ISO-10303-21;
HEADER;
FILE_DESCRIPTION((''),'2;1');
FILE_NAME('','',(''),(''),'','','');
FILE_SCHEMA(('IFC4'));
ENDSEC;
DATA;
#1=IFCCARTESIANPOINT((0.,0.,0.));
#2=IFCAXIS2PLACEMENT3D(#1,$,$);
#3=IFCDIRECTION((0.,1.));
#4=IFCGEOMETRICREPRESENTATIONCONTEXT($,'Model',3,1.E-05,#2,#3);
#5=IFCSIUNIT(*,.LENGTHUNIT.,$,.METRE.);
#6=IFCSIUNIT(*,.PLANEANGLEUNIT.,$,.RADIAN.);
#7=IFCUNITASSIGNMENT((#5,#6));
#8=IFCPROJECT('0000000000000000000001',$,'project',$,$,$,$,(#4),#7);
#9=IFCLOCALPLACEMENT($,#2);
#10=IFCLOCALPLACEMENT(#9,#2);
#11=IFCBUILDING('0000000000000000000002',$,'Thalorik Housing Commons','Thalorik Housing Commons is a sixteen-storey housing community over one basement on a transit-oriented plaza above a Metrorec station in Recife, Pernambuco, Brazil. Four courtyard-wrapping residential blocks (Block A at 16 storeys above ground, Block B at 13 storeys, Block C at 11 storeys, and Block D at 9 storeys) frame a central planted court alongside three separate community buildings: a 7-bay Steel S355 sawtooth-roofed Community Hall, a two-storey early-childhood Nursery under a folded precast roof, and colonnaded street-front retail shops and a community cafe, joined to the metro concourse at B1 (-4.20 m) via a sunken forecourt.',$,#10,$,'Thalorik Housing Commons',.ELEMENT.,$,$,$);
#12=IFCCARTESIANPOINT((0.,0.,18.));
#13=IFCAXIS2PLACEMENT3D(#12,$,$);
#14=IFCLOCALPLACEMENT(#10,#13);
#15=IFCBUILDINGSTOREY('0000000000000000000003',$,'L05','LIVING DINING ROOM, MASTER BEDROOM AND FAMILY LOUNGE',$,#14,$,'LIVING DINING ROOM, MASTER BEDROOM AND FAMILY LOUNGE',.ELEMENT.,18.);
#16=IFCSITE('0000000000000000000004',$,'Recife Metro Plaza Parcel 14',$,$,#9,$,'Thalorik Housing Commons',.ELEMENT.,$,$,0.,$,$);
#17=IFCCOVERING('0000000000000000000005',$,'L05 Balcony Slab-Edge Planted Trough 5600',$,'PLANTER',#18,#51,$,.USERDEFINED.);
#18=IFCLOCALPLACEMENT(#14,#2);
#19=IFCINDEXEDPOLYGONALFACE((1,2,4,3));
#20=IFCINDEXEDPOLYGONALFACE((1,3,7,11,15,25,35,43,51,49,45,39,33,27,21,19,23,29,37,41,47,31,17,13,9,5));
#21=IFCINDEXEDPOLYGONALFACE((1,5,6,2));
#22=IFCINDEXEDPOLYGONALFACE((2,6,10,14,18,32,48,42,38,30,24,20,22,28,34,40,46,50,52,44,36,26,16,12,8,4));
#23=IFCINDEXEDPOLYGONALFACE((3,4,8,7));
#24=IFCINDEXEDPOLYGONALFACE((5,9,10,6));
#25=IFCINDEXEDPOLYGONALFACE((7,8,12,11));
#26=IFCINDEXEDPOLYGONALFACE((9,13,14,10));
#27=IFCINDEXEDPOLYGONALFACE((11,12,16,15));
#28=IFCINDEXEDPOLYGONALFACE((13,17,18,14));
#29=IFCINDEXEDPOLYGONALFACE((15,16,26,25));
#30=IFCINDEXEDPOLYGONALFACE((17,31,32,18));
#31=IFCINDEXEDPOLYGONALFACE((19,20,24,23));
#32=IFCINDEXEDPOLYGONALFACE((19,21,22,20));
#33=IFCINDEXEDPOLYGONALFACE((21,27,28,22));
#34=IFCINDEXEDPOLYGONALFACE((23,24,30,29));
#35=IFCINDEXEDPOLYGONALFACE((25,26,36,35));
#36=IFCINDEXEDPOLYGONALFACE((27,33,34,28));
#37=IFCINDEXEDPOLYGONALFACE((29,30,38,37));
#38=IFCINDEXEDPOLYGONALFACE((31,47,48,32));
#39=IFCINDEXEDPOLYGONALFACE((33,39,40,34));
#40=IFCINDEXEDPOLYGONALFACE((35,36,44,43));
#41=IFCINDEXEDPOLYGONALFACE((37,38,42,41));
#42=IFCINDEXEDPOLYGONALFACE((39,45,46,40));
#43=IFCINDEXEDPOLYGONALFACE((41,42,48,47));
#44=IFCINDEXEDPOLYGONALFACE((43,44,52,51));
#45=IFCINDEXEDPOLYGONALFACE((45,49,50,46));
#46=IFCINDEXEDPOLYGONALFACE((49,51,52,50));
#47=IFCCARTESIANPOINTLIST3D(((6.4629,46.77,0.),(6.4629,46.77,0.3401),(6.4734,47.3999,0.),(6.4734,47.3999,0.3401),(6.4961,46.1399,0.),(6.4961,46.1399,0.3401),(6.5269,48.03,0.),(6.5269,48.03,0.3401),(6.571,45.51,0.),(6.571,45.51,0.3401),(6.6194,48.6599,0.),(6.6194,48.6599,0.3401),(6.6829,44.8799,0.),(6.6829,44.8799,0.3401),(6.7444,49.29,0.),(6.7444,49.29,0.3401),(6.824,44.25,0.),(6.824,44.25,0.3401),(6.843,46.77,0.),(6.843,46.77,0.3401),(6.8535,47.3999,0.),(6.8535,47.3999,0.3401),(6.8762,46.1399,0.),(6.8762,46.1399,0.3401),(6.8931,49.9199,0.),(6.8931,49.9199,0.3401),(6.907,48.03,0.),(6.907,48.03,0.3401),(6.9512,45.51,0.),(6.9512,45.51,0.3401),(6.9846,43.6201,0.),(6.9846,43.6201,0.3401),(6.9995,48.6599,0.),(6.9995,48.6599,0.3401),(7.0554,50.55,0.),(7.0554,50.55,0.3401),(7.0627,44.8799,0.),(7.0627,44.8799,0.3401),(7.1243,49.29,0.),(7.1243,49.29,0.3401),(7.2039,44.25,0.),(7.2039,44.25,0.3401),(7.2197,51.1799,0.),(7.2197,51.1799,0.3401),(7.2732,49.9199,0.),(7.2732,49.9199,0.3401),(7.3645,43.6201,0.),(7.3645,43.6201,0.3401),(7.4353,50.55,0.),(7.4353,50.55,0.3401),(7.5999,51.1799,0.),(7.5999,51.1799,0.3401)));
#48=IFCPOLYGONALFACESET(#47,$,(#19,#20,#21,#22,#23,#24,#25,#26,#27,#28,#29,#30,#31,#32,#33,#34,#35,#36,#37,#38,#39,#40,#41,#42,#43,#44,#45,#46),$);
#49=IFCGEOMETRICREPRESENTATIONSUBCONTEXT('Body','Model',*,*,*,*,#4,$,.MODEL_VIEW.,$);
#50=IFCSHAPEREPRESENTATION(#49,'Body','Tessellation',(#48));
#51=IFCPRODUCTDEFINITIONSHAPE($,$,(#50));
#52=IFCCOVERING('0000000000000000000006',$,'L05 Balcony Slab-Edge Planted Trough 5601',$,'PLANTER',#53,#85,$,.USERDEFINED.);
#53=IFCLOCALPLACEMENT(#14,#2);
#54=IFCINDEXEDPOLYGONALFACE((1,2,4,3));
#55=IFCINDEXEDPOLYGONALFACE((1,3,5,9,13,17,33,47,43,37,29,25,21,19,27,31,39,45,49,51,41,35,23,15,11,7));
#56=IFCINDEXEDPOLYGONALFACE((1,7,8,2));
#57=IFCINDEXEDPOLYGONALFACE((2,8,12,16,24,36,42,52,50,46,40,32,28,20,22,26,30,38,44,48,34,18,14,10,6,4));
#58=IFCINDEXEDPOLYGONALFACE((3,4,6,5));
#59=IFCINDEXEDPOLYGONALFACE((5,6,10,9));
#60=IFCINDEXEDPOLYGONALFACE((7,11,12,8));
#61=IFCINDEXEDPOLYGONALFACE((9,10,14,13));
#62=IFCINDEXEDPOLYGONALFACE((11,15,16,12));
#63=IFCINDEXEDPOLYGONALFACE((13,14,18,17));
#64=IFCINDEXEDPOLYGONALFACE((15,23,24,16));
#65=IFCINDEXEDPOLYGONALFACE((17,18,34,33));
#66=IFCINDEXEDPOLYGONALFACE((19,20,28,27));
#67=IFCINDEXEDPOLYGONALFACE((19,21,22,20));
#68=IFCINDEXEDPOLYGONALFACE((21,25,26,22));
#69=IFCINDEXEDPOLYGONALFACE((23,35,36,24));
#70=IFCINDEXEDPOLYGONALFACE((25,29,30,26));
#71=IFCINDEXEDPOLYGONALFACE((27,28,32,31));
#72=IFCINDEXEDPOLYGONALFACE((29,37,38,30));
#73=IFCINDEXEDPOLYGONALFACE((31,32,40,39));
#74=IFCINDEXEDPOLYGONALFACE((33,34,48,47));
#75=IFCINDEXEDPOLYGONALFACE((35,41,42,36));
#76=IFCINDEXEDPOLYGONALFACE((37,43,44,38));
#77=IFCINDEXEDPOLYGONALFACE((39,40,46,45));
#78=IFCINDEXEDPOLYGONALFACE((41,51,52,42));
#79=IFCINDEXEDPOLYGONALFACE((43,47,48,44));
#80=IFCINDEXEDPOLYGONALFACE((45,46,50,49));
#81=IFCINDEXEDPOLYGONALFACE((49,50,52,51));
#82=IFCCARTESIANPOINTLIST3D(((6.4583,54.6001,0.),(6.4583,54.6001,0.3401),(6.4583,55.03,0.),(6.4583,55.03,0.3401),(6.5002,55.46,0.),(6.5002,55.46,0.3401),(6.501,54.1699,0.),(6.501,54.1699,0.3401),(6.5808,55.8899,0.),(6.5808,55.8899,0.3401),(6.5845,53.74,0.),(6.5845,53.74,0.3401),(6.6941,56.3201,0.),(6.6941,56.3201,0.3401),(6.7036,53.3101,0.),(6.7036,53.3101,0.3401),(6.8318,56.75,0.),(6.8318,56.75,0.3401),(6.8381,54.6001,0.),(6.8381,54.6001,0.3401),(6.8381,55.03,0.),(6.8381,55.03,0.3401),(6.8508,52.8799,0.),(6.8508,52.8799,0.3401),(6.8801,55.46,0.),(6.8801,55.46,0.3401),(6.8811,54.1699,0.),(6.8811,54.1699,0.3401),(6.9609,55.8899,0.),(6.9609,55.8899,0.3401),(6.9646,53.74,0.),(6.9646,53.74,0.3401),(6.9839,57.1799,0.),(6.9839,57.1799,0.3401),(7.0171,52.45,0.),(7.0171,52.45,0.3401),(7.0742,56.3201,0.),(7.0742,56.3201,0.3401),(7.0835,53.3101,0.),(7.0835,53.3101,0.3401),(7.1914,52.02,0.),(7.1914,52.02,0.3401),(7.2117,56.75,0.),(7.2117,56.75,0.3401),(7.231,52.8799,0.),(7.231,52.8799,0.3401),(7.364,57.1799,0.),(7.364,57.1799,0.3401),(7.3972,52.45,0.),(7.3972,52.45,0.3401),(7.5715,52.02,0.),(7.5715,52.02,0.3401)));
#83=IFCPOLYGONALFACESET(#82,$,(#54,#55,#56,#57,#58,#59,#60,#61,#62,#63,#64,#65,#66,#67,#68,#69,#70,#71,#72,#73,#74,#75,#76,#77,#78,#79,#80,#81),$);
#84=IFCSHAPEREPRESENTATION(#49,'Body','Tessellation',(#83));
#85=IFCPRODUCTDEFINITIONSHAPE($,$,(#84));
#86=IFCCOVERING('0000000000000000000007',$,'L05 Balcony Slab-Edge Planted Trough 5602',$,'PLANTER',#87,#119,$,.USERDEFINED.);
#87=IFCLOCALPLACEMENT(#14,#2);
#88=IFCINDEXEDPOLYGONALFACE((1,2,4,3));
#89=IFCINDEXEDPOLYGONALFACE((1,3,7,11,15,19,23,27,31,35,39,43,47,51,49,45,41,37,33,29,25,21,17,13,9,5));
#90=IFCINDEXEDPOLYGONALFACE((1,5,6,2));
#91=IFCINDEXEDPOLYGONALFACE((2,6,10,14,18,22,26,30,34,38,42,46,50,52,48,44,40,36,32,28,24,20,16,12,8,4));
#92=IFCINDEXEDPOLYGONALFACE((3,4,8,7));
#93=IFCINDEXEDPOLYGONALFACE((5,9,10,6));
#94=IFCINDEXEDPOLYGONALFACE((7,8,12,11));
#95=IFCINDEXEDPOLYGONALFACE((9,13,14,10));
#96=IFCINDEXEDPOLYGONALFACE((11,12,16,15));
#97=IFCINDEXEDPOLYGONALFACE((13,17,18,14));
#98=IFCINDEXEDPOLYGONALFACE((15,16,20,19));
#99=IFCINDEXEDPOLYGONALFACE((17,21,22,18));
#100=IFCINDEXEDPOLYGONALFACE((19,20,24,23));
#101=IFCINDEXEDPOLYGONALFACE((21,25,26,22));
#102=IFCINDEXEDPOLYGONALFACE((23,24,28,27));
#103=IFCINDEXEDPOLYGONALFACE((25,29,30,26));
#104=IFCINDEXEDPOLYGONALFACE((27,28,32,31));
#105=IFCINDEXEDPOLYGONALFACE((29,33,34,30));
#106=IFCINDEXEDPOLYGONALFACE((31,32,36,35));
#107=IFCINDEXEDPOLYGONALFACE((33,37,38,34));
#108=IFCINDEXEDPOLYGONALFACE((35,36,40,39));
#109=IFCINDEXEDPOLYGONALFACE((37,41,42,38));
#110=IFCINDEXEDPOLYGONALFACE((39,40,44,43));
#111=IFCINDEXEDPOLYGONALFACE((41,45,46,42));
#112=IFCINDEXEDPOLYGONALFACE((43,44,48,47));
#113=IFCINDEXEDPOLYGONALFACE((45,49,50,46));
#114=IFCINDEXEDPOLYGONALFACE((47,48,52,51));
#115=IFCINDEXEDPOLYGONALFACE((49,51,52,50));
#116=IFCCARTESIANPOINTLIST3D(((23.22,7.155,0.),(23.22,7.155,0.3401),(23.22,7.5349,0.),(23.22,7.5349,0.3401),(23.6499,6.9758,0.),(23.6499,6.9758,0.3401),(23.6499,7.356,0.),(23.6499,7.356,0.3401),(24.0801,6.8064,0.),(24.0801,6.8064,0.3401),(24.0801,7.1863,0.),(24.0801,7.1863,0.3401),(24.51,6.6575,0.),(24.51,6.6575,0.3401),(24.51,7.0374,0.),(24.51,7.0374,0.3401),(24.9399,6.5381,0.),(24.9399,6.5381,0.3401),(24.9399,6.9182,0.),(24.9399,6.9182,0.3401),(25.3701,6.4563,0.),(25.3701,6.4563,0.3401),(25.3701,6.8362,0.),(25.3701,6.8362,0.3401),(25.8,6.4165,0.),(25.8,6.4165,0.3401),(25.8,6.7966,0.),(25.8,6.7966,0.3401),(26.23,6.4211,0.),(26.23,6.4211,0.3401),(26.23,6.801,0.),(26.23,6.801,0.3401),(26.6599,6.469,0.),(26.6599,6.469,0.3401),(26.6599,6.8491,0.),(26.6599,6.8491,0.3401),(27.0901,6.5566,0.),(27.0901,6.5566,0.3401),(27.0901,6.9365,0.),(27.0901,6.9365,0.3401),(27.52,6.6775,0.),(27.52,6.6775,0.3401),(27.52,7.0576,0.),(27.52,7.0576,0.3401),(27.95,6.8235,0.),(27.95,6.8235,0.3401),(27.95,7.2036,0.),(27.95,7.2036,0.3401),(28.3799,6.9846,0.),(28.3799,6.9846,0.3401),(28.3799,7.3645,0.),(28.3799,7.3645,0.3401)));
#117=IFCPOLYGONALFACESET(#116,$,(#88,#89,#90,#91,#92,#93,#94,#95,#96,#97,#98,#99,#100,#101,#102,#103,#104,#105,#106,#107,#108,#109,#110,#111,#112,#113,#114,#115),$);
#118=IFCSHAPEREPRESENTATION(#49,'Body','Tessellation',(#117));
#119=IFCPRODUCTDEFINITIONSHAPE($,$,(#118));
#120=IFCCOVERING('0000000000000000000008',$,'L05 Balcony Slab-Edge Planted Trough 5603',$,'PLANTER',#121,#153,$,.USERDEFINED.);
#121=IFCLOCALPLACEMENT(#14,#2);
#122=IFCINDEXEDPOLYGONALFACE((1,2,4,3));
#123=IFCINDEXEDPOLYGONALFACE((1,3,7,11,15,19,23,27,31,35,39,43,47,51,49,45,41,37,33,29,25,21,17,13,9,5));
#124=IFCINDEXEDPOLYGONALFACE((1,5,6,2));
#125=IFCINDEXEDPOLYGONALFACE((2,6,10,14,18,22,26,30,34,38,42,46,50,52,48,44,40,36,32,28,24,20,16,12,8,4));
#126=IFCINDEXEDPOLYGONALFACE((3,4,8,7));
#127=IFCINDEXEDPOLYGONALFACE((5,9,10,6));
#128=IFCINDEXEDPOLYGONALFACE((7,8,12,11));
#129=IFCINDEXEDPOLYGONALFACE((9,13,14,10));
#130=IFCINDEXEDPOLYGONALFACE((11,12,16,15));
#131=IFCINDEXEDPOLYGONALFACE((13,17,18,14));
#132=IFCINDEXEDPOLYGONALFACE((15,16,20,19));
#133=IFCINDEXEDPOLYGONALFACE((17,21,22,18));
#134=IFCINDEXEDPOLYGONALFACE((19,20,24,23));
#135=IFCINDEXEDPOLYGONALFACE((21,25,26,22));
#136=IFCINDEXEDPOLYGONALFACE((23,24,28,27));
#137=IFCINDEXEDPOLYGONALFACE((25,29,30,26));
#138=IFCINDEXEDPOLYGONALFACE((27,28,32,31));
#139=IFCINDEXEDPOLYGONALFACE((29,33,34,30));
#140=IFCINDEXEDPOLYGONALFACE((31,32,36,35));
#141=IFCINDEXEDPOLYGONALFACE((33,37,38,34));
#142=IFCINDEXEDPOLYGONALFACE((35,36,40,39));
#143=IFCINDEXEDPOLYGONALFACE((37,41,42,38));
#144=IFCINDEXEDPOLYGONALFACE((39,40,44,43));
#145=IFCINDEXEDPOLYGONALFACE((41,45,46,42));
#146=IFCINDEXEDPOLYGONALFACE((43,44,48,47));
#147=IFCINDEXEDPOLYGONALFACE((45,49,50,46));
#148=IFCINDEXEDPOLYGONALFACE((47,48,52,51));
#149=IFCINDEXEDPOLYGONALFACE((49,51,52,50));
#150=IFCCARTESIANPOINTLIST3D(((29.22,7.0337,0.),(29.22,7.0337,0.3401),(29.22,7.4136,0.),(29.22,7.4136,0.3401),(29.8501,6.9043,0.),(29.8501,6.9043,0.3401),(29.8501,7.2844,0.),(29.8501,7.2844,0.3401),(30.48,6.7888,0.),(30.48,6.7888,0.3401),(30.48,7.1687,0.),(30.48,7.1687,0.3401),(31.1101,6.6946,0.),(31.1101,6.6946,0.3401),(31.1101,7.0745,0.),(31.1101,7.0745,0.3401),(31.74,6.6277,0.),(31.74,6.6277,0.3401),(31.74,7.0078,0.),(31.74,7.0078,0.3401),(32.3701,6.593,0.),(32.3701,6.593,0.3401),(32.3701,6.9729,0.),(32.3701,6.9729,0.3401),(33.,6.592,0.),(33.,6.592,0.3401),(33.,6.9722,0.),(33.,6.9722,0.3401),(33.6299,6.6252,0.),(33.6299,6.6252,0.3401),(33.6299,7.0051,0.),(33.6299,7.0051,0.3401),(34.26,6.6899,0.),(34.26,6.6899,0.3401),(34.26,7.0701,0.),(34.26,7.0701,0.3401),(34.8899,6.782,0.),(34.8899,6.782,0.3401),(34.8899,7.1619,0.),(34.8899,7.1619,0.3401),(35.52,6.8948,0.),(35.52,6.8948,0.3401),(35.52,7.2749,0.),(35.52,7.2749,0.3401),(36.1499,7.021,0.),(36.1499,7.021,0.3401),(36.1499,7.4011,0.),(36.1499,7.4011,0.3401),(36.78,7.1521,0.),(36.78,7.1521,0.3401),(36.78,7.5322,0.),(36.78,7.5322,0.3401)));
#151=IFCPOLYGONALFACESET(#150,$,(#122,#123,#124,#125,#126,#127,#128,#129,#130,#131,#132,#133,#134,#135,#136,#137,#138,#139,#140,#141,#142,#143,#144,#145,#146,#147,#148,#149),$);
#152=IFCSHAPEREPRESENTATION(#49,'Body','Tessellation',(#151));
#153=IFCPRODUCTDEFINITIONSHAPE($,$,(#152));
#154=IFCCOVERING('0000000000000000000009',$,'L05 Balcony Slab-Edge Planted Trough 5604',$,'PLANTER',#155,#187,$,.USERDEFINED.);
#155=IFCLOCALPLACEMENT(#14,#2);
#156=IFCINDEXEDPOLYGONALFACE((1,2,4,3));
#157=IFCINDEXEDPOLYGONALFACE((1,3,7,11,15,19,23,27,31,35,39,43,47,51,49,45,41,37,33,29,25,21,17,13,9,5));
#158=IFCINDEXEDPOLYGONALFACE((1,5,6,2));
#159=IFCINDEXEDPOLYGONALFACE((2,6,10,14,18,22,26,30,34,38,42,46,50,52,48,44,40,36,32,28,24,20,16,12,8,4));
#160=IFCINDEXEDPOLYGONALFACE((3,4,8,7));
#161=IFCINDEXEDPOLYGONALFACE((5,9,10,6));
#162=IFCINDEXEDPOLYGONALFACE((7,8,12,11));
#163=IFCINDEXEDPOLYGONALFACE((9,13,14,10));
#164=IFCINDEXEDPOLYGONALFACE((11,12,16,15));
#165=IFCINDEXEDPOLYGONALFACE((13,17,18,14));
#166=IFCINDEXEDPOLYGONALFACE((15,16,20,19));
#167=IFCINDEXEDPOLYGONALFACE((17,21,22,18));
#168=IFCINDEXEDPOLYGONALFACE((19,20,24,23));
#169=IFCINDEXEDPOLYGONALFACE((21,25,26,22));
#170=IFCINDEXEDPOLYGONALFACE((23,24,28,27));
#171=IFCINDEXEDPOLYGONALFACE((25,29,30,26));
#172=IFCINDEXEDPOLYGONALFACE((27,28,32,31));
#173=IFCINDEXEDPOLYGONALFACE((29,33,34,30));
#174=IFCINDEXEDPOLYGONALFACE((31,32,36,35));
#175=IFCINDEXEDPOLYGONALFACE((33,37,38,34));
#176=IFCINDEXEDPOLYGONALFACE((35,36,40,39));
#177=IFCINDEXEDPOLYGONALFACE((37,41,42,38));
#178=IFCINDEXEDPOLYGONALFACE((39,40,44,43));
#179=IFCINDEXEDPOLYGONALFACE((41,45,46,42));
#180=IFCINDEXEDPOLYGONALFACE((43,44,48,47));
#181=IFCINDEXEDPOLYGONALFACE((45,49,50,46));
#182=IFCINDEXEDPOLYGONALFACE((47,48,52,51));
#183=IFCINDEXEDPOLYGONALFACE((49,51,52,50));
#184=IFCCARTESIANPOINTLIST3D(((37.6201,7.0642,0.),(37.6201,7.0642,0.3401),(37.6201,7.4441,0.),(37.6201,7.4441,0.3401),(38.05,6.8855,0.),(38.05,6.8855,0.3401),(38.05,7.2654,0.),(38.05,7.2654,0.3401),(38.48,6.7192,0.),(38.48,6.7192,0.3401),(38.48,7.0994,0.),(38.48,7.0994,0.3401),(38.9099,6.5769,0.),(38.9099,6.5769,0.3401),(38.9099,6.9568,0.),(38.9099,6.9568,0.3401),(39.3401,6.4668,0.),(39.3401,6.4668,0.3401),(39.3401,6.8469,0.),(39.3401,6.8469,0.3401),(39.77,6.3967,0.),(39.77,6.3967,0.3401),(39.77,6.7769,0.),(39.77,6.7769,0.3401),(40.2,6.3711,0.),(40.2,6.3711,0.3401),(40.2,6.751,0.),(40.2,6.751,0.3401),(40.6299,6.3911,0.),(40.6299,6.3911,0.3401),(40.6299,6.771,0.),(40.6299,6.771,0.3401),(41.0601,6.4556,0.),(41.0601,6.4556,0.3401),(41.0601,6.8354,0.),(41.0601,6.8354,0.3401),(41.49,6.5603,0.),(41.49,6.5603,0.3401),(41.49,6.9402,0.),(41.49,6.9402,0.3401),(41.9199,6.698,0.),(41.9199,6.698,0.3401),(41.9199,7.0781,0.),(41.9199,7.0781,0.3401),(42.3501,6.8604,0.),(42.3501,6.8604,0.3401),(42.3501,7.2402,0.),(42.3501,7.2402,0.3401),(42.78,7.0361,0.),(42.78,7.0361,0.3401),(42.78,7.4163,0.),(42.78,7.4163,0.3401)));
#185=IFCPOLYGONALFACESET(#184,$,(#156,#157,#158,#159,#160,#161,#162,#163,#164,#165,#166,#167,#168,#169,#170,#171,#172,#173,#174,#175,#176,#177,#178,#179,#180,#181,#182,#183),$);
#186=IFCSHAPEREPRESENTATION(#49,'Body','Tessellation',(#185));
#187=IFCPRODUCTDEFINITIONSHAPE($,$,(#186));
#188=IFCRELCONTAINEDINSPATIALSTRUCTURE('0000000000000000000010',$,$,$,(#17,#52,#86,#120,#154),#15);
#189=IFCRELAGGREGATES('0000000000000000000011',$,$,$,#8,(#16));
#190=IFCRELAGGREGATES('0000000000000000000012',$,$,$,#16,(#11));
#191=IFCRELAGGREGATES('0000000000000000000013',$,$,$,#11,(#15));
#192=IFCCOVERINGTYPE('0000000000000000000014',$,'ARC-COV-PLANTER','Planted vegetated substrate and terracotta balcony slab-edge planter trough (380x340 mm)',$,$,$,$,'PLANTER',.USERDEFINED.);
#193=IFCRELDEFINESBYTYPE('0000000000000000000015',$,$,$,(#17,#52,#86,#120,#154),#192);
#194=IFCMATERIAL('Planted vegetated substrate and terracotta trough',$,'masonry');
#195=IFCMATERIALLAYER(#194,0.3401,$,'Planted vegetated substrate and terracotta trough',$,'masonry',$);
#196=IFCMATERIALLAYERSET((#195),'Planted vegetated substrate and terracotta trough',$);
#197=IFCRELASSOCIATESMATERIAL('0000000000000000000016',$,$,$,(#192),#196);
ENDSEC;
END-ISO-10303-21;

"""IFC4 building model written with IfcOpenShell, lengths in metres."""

from ifc_helpers import new_model, si_unit, direction, frame, origin, place, context, subcontext, project, spatial, polyline, outline, extrude, material, layer, layer_set, type_object, element, save


model = new_model("IFC4")

# Units and contexts
model_context = context("Model", 3, precision=1e-05, world=origin(), true_north=direction((0.0, 1.0)))
body_context = subcontext(model_context, "Body", "Model", "MODEL_VIEW")
ifc_project = project(units=[si_unit("LENGTHUNIT", "METRE"), si_unit("PLANEANGLEUNIT", "RADIAN")], contexts=[model_context])

# Site, building, storey
site_placement = place(None, origin())
site = spatial("IfcSite", under=ifc_project, at=site_placement, Name="Recife Metro Plaza Parcel 14", LongName="Thalorik Housing Commons", CompositionType="ELEMENT", RefElevation=0.0)
building_placement = place(site_placement, origin())
building = spatial("IfcBuilding", under=site, at=building_placement, Name="Thalorik Housing Commons", Description="Thalorik Housing Commons is a sixteen-storey housing community over one basement on a transit-oriented plaza above a Metrorec station in Recife, Pernambuco, Brazil. Four courtyard-wrapping residential blocks (Block A at 16 storeys above ground, Block B at 13 storeys, Block C at 11 storeys, and Block D at 9 storeys) frame a central planted court alongside three separate community buildings: a 7-bay Steel S355 sawtooth-roofed Community Hall, a two-storey early-childhood Nursery under a folded precast roof, and colonnaded street-front retail shops and a community cafe, joined to the metro concourse at B1 (-4.20 m) via a sunken forecourt.", LongName="Thalorik Housing Commons", CompositionType="ELEMENT")
storey_placement = place(building_placement, frame((0.0, 0.0, 18.0)))
storey = spatial("IfcBuildingStorey", under=building, at=storey_placement, Name="L05", Description="LIVING DINING ROOM, MASTER BEDROOM AND FAMILY LOUNGE", LongName="LIVING DINING ROOM, MASTER BEDROOM AND FAMILY LOUNGE", CompositionType="ELEMENT", Elevation=18.0)

# Coverings
ifc_material_1 = material(Name="Planted vegetated substrate and terracotta trough", Category="masonry")
ifc_layer_1 = layer(ifc_material_1, 0.3401, Name="Planted vegetated substrate and terracotta trough", Category="masonry")
ifc_layer_set_1 = layer_set([ifc_layer_1], Name="Planted vegetated substrate and terracotta trough")
covering_type = type_object("IfcCoveringType", Name="ARC-COV-PLANTER", Description="Planted vegetated substrate and terracotta balcony slab-edge planter trough (380x340 mm)", ElementType="PLANTER", PredefinedType="USERDEFINED", material=ifc_layer_set_1)
covering_1_placement = place(storey_placement, origin())
element("IfcCovering", 1, at=covering_1_placement, inside=storey, type_object=covering_type, Name="L05 Balcony Slab-Edge Planted Trough 5600", ObjectType="PLANTER", PredefinedType="USERDEFINED", context=body_context, shape_type="SweptSolid", body=[
    extrude(outline(polyline([(7.2197, 51.1799), (7.0554, 50.55), (6.8931, 49.9199), (6.7444, 49.29), (6.6194, 48.6599), (6.5269, 48.03), (6.4734, 47.3999), (6.4629, 46.77), (6.4961, 46.1399), (6.571, 45.51), (6.6829, 44.8799), (6.824, 44.25), (6.9846, 43.6201), (7.3645, 43.6201), (7.2039, 44.25), (7.0627, 44.8799), (6.9512, 45.51), (6.8762, 46.1399), (6.843, 46.77), (6.8535, 47.3999), (6.907, 48.03), (6.9995, 48.6599), (7.1243, 49.29), (7.2732, 49.9199), (7.4353, 50.55), (7.5999, 51.1799), (7.2197, 51.1799)])), origin(), (0.0, 0.0, 1.0), 0.3401),
])
covering_2_placement = place(storey_placement, origin())
element("IfcCovering", 2, at=covering_2_placement, inside=storey, type_object=covering_type, Name="L05 Balcony Slab-Edge Planted Trough 5601", ObjectType="PLANTER", PredefinedType="USERDEFINED", context=body_context, shape_type="SweptSolid", body=[
    extrude(outline(polyline([(6.9839, 57.1799), (6.8318, 56.75), (6.6941, 56.3201), (6.5808, 55.8899), (6.5002, 55.46), (6.4583, 55.03), (6.4583, 54.6001), (6.501, 54.1699), (6.5845, 53.74), (6.7036, 53.3101), (6.8508, 52.8799), (7.0171, 52.45), (7.1914, 52.02), (7.5715, 52.02), (7.3972, 52.45), (7.231, 52.8799), (7.0835, 53.3101), (6.9646, 53.74), (6.8811, 54.1699), (6.8381, 54.6001), (6.8381, 55.03), (6.8801, 55.46), (6.9609, 55.8899), (7.0742, 56.3201), (7.2117, 56.75), (7.364, 57.1799), (6.9839, 57.1799)])), origin(), (0.0, 0.0, 1.0), 0.3401),
])
covering_3_placement = place(storey_placement, origin())
element("IfcCovering", 3, at=covering_3_placement, inside=storey, type_object=covering_type, Name="L05 Balcony Slab-Edge Planted Trough 5602", ObjectType="PLANTER", PredefinedType="USERDEFINED", context=body_context, shape_type="SweptSolid", body=[
    extrude(outline(polyline([(23.22, 7.155), (23.6499, 6.9758), (24.0801, 6.8064), (24.51, 6.6575), (24.9399, 6.5381), (25.3701, 6.4563), (25.8, 6.4165), (26.23, 6.4211), (26.6599, 6.469), (27.0901, 6.5566), (27.52, 6.6775), (27.95, 6.8235), (28.3799, 6.9846), (28.3799, 7.3645), (27.95, 7.2036), (27.52, 7.0576), (27.0901, 6.9365), (26.6599, 6.8491), (26.23, 6.801), (25.8, 6.7966), (25.3701, 6.8362), (24.9399, 6.9182), (24.51, 7.0374), (24.0801, 7.1863), (23.6499, 7.356), (23.22, 7.5349), (23.22, 7.155)])), origin(), (0.0, 0.0, 1.0), 0.3401),
])
covering_4_placement = place(storey_placement, origin())
element("IfcCovering", 4, at=covering_4_placement, inside=storey, type_object=covering_type, Name="L05 Balcony Slab-Edge Planted Trough 5603", ObjectType="PLANTER", PredefinedType="USERDEFINED", context=body_context, shape_type="SweptSolid", body=[
    extrude(outline(polyline([(29.22, 7.0337), (29.8501, 6.9043), (30.48, 6.7888), (31.1101, 6.6946), (31.74, 6.6277), (32.3701, 6.593), (33.0, 6.592), (33.6299, 6.6252), (34.26, 6.6899), (34.8899, 6.782), (35.52, 6.8948), (36.1499, 7.021), (36.78, 7.1521), (36.78, 7.5322), (36.1499, 7.4011), (35.52, 7.2749), (34.8899, 7.1619), (34.26, 7.0701), (33.6299, 7.0051), (33.0, 6.9722), (32.3701, 6.9729), (31.74, 7.0078), (31.1101, 7.0745), (30.48, 7.1687), (29.8501, 7.2844), (29.22, 7.4136), (29.22, 7.0337)])), origin(), (0.0, 0.0, 1.0), 0.3401),
])
covering_5_placement = place(storey_placement, origin())
element("IfcCovering", 5, at=covering_5_placement, inside=storey, type_object=covering_type, Name="L05 Balcony Slab-Edge Planted Trough 5604", ObjectType="PLANTER", PredefinedType="USERDEFINED", context=body_context, shape_type="SweptSolid", body=[
    extrude(outline(polyline([(37.6201, 7.0642), (38.05, 6.8855), (38.48, 6.7192), (38.9099, 6.5769), (39.3401, 6.4668), (39.77, 6.3967), (40.2, 6.3711), (40.6299, 6.3911), (41.0601, 6.4556), (41.49, 6.5603), (41.9199, 6.698), (42.3501, 6.8604), (42.78, 7.0361), (42.78, 7.4163), (42.3501, 7.2402), (41.9199, 7.0781), (41.49, 6.9402), (41.0601, 6.8354), (40.6299, 6.771), (40.2, 6.751), (39.77, 6.7769), (39.3401, 6.8469), (38.9099, 6.9568), (38.48, 7.0994), (38.05, 7.2654), (37.6201, 7.4441), (37.6201, 7.0642)])), origin(), (0.0, 0.0, 1.0), 0.3401),
])

save(model, "model.ifc")
